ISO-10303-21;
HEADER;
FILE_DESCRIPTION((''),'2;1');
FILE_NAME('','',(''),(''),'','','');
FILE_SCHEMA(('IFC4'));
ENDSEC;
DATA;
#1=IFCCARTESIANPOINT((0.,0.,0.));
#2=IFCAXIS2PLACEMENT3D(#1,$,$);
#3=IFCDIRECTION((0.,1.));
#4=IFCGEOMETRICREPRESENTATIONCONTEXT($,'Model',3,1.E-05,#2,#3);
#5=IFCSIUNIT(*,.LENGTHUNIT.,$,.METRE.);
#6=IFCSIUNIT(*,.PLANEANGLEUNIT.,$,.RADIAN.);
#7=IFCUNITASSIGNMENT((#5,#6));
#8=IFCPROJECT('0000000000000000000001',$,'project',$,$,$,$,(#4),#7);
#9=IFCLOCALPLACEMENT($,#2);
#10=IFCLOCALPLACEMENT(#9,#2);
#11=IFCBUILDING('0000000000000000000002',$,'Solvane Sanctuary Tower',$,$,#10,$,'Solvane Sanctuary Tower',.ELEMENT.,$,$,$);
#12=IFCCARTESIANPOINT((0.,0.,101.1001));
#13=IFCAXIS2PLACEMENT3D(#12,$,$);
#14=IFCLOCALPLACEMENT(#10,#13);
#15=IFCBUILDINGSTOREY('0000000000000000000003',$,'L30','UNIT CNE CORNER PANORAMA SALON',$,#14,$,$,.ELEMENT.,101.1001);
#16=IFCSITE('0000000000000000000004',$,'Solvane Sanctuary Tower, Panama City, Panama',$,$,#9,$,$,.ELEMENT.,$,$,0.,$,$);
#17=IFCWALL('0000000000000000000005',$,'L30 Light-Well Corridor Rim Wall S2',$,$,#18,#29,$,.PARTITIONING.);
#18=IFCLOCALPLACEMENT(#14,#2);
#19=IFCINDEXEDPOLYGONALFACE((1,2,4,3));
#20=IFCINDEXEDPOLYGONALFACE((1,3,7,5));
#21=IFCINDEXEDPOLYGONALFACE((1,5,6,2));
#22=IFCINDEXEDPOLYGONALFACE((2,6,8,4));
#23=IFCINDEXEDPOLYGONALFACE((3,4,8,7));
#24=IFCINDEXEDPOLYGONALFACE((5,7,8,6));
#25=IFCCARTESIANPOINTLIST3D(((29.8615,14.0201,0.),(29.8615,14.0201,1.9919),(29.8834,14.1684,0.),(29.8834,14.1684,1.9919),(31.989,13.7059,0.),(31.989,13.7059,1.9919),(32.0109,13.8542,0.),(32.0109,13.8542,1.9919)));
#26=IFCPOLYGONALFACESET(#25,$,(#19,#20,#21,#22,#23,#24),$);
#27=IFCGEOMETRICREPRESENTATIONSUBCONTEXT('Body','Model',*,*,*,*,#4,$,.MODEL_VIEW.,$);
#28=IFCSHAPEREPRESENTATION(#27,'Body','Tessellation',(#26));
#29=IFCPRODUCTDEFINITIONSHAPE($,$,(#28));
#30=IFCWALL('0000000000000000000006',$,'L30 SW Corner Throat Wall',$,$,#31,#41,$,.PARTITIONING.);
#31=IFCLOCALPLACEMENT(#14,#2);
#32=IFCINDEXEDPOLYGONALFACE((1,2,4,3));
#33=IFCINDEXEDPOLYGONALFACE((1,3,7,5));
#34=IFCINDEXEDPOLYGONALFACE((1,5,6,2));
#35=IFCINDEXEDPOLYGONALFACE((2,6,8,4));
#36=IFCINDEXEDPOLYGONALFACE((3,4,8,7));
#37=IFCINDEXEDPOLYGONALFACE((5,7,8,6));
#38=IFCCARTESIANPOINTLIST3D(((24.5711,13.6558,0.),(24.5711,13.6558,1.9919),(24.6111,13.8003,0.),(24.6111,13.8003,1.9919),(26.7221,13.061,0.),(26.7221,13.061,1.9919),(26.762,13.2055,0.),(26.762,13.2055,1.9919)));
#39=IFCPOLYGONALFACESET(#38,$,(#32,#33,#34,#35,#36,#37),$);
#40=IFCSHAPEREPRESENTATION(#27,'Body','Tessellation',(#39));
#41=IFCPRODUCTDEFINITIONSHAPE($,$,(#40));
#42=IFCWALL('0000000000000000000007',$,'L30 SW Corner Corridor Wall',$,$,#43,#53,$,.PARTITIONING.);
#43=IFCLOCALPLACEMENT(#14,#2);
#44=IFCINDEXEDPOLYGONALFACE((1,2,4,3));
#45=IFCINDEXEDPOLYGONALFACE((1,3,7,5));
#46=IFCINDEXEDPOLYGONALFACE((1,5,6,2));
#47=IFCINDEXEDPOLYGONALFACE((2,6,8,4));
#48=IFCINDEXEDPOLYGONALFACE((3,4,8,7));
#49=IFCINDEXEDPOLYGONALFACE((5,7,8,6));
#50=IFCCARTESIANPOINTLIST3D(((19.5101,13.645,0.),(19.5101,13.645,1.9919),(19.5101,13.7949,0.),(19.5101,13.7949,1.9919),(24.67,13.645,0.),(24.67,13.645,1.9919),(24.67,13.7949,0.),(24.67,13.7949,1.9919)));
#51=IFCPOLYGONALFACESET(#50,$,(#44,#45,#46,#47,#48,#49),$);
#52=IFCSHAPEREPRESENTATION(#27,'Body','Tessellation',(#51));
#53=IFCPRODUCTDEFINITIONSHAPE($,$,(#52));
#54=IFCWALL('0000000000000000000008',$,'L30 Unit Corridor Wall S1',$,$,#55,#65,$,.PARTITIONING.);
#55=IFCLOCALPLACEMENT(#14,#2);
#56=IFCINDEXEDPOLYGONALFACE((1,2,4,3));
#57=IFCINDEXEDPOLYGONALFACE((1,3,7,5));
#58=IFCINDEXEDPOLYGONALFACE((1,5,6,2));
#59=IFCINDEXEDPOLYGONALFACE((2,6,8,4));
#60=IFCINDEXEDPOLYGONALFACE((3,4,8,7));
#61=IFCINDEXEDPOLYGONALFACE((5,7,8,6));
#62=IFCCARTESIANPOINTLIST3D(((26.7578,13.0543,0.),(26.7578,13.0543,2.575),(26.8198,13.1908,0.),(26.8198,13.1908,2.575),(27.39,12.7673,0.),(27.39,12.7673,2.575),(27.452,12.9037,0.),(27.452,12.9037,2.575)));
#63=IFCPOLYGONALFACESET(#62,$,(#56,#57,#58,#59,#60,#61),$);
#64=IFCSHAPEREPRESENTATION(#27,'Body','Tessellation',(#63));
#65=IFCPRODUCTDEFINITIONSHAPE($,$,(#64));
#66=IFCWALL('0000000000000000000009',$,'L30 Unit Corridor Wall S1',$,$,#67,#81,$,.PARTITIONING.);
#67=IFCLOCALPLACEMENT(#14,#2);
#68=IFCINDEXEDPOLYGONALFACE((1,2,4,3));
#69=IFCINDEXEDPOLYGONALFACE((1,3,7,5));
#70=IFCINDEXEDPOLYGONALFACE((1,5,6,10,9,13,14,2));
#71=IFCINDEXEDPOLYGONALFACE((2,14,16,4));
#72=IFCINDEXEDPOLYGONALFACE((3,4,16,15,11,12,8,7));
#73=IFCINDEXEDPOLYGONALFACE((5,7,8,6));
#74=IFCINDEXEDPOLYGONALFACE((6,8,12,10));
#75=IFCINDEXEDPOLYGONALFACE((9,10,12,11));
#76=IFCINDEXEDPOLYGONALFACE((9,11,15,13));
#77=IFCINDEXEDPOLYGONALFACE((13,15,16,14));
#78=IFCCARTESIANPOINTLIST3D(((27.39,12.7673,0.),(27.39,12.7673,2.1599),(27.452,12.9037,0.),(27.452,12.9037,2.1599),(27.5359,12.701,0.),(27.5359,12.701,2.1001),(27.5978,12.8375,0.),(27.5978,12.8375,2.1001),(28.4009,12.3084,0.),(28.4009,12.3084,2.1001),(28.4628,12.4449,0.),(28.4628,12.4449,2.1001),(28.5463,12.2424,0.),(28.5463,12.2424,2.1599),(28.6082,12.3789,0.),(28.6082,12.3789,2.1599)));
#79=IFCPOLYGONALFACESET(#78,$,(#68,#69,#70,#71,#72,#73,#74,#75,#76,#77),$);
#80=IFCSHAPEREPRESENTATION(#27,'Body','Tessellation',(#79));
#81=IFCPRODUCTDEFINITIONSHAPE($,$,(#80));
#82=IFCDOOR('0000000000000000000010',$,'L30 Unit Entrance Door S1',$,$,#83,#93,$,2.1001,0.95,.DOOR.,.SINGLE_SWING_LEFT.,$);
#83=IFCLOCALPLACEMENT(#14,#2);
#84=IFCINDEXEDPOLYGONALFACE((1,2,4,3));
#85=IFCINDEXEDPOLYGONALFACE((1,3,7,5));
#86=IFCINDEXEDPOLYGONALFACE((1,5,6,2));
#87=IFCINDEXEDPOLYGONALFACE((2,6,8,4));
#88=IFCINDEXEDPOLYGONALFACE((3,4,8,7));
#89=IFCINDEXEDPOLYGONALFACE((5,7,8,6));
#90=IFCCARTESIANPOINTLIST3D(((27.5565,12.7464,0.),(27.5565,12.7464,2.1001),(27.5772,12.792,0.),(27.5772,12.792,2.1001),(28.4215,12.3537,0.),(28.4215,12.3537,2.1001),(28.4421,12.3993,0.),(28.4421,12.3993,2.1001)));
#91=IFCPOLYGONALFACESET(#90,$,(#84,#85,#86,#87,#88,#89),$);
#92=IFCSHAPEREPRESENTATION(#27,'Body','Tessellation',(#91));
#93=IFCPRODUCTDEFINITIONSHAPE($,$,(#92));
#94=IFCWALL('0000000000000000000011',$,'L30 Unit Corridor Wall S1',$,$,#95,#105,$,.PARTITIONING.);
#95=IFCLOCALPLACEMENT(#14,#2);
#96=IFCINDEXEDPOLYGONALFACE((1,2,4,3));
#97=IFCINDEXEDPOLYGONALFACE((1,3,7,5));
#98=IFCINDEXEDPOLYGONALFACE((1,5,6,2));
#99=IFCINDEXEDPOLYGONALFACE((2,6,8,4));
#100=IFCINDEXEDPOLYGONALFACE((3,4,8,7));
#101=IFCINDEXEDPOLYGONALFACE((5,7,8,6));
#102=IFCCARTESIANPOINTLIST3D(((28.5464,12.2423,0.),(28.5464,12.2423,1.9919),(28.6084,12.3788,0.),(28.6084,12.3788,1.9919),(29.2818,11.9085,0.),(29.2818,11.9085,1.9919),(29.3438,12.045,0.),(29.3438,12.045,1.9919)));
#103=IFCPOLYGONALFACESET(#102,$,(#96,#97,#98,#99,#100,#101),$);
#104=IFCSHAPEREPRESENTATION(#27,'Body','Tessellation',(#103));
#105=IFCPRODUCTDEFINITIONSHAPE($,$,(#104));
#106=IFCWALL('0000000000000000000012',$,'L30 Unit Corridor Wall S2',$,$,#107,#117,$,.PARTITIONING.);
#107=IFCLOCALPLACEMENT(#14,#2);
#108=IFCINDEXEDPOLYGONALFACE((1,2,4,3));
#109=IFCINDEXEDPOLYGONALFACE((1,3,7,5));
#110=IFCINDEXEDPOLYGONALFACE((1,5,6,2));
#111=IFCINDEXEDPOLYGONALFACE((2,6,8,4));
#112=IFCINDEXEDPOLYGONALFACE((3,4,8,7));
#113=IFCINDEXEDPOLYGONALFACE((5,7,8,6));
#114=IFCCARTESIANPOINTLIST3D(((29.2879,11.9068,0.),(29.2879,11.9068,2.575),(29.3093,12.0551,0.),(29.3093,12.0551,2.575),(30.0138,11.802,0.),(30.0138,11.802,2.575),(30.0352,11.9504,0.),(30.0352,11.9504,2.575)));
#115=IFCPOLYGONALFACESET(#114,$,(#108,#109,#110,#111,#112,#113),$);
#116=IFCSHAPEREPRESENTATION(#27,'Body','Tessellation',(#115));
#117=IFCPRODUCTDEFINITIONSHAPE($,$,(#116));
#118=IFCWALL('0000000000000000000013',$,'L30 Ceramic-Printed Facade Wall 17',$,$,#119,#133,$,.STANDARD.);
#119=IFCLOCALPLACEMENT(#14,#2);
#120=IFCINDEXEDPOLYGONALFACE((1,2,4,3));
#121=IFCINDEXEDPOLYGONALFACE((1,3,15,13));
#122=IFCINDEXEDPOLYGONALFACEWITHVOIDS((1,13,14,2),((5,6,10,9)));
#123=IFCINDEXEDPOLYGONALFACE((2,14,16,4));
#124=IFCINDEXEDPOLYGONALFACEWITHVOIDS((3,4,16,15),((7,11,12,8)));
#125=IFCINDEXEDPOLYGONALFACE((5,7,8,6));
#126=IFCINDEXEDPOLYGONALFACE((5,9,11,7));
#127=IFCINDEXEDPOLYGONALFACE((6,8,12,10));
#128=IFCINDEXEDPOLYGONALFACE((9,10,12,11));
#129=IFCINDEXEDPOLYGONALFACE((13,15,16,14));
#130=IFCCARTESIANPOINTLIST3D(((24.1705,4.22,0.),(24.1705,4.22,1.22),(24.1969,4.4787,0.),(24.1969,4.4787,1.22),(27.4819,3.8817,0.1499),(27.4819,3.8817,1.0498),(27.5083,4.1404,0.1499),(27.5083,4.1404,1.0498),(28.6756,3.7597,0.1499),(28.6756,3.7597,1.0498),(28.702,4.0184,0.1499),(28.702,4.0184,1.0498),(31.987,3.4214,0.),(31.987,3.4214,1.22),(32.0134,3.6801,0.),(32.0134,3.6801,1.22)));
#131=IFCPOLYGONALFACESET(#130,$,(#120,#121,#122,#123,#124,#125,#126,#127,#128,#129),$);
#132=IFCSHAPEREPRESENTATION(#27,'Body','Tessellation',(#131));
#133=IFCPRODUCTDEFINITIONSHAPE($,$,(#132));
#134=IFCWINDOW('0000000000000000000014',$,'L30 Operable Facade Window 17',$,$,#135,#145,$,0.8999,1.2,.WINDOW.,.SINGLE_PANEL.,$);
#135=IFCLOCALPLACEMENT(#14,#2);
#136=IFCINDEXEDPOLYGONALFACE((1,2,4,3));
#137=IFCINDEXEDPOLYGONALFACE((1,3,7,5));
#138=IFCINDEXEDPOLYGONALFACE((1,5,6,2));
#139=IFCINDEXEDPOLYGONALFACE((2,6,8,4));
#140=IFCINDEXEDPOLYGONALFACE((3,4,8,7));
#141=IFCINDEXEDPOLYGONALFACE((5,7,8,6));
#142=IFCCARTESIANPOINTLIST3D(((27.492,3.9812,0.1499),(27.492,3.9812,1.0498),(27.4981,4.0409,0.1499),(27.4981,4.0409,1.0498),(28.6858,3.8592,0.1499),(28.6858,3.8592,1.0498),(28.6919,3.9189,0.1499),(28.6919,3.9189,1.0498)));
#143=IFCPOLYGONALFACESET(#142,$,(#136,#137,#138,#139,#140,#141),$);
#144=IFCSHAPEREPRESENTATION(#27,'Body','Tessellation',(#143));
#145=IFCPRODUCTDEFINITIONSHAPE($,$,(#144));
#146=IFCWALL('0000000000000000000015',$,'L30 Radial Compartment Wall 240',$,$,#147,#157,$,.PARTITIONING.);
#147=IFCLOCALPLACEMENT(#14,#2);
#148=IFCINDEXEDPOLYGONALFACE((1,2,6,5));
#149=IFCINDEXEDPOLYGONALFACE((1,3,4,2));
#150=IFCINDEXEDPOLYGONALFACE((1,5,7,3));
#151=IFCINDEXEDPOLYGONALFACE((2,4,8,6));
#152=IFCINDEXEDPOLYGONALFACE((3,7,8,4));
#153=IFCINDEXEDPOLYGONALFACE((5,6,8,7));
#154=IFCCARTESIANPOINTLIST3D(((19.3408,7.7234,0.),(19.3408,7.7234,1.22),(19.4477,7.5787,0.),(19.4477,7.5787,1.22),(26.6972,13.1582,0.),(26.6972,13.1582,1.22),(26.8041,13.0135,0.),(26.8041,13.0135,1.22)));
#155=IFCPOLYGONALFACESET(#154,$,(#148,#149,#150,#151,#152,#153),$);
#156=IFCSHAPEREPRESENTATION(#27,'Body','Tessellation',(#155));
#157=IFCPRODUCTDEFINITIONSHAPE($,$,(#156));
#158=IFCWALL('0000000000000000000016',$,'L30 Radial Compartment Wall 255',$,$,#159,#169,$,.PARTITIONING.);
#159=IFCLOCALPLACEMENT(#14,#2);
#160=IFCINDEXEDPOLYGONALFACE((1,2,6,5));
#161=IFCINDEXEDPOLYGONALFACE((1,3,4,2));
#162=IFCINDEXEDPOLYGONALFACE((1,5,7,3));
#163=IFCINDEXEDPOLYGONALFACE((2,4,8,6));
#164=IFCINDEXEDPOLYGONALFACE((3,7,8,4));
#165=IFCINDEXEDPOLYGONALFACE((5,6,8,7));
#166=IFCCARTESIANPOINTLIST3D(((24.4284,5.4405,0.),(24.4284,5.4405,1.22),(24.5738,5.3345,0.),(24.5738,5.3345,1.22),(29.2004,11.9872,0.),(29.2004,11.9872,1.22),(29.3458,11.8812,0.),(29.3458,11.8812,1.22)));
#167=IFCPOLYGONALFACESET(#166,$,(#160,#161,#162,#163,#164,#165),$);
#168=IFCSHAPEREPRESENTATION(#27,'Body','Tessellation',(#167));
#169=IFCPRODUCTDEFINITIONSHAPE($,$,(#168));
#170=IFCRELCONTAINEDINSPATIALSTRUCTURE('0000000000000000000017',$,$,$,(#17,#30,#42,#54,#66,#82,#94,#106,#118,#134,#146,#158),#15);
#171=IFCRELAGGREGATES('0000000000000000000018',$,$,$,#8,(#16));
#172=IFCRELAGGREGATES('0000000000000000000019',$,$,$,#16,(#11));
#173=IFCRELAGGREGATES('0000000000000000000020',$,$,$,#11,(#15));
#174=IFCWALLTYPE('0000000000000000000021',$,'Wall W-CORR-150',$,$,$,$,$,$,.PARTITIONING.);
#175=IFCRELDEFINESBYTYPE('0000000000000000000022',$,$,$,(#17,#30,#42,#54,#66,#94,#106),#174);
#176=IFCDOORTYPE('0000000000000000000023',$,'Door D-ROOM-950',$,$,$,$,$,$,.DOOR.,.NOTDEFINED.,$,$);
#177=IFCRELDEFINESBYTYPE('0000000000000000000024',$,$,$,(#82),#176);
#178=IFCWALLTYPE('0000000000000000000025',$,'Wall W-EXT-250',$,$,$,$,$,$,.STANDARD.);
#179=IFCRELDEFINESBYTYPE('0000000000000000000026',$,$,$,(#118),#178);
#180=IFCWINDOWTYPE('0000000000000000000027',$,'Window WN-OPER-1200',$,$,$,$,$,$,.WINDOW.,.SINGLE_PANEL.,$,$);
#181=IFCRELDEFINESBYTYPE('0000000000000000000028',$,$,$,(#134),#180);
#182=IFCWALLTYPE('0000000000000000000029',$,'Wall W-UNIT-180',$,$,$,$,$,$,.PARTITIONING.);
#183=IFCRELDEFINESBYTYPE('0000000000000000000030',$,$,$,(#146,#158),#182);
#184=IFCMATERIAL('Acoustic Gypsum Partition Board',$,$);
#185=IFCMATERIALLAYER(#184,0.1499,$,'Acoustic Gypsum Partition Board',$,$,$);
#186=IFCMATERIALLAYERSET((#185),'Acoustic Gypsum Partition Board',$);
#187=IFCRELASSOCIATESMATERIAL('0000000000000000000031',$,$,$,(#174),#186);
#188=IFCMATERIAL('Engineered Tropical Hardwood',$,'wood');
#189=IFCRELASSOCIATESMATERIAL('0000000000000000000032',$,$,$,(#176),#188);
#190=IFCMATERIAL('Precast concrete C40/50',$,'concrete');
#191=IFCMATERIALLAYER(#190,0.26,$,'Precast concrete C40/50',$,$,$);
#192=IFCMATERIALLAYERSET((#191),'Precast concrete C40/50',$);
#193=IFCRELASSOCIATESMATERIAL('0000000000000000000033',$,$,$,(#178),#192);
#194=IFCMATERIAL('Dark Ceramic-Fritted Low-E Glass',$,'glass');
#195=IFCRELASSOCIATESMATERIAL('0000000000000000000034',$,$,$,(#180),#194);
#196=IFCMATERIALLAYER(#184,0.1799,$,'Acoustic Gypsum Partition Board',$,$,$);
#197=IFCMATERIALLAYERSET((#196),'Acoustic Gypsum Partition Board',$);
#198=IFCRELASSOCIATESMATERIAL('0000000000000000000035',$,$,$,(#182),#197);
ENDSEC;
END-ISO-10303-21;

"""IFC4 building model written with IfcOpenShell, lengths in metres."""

from ifc_helpers import new_model, si_unit, direction, frame, frame_2d, origin, place, context, subcontext, project, spatial, rectangle, extrude, material, layer, layer_set, type_object, element, fill, save


model = new_model("IFC4")

# Units and contexts
model_context = context("Model", 3, precision=1e-05, world=origin(), true_north=direction((0.0, 1.0)))
body_context = subcontext(model_context, "Body", "Model", "MODEL_VIEW")
ifc_project = project(units=[si_unit("LENGTHUNIT", "METRE"), si_unit("PLANEANGLEUNIT", "RADIAN")], contexts=[model_context])

# Site, building, storey
site_placement = place(None, origin())
site = spatial("IfcSite", under=ifc_project, at=site_placement, Name="Solvane Sanctuary Tower, Panama City, Panama", CompositionType="ELEMENT", RefElevation=0.0)
building_placement = place(site_placement, origin())
building = spatial("IfcBuilding", under=site, at=building_placement, Name="Solvane Sanctuary Tower", LongName="Solvane Sanctuary Tower", CompositionType="ELEMENT")
storey_placement = place(building_placement, frame((0.0, 0.0, 101.1001)))
storey = spatial("IfcBuildingStorey", under=building, at=storey_placement, Name="L30", Description="UNIT CNE CORNER PANORAMA SALON", CompositionType="ELEMENT", Elevation=101.1001)

# Walls
ifc_material_1 = material(Name="Acoustic Gypsum Partition Board")
ifc_layer_1 = layer(ifc_material_1, 0.1499, Name="Acoustic Gypsum Partition Board")
ifc_layer_set_1 = layer_set([ifc_layer_1], Name="Acoustic Gypsum Partition Board")
wall_type_1 = type_object("IfcWallType", Name="Wall W-CORR-150", PredefinedType="PARTITIONING", material=ifc_layer_set_1)
wall_1_placement = place(storey_placement, frame((29.8726, 14.0942, 0.0), z_axis=(0.0, 0.0, 1.0), x_axis=(0.989269, -0.146108, 0.0)))
element("IfcWall", 1, at=wall_1_placement, inside=storey, type_object=wall_type_1, Name="L30 Light-Well Corridor Rim Wall S2", PredefinedType="PARTITIONING", context=body_context, shape_type="SweptSolid", body=[
    extrude(rectangle(XDim=2.1506, YDim=0.1499, at=frame_2d((1.0752, 0.0))), origin(), (0.0, 0.0, 1.0), 1.9919),
])
wall_2_placement = place(storey_placement, frame((26.7419, 13.1333, 0.0), z_axis=(0.0, 0.0, 1.0), x_axis=(-0.963834, 0.266504, 0.0)))
element("IfcWall", 2, at=wall_2_placement, inside=storey, type_object=wall_type_1, Name="L30 SW Corner Throat Wall", PredefinedType="PARTITIONING", context=body_context, shape_type="SweptSolid", body=[
    extrude(rectangle(XDim=2.2317, YDim=0.1499, at=frame_2d((1.1157, 0.0))), origin(), (0.0, 0.0, 1.0), 1.9919),
])
wall_3_placement = place(storey_placement, frame((19.51, 13.72, 0.0), z_axis=(0.0, 0.0, 1.0), x_axis=(1.0, 0.0, 0.0)))
element("IfcWall", 3, at=wall_3_placement, inside=storey, type_object=wall_type_1, Name="L30 SW Corner Corridor Wall", PredefinedType="PARTITIONING", context=body_context, shape_type="SweptSolid", body=[
    extrude(rectangle(XDim=5.1599, YDim=0.1499, at=frame_2d((2.5801, 0.0))), origin(), (0.0, 0.0, 1.0), 1.9919),
])
wall_4_placement = place(storey_placement, frame((26.7888, 13.1226, 0.0), z_axis=(0.0, 0.0, 1.0), x_axis=(0.910535, -0.413432, 0.0)))
element("IfcWall", 4, at=wall_4_placement, inside=storey, type_object=wall_type_1, Name="L30 Unit Corridor Wall S1", PredefinedType="PARTITIONING", context=body_context, shape_type="SweptSolid", body=[
    extrude(rectangle(XDim=0.6943, YDim=0.1499, at=frame_2d((0.3472, 0.0))), origin(), (0.0, 0.0, 1.0), 2.575),
])

# Wall, opening, door
wall_5_placement = place(storey_placement, frame((27.4211, 12.8354, 0.0), z_axis=(0.0, 0.0, 1.0), x_axis=(0.910564, -0.413368, 0.0)))
wall_5 = element("IfcWall", 5, at=wall_5_placement, inside=storey, type_object=wall_type_1, Name="L30 Unit Corridor Wall S1", PredefinedType="PARTITIONING", context=body_context, shape_type="SweptSolid", body=[
    extrude(rectangle(XDim=1.2698, YDim=0.1499, at=frame_2d((0.6348, 0.0))), origin(), (0.0, 0.0, 1.0), 2.1599),
])
opening_1_placement = place(wall_5_placement, frame((0.1599, 0.0, 0.0)))
opening_1 = element("IfcOpeningElement", 6, at=opening_1_placement, cuts=wall_5, PredefinedType="OPENING", context=body_context, shape_type="SweptSolid", body=[
    extrude(rectangle(XDim=0.95, YDim=2.1001, at=frame_2d((0.4751, 1.05))), frame((0.0, 0.085, 0.0), z_axis=(0.0, -1.0, 0.0), x_axis=(1.0, 0.0, 0.0)), (0.0, 0.0, 1.0), 0.1699),
])
ifc_material_2 = material(Name="Engineered Tropical Hardwood", Category="wood")
door_type = type_object("IfcDoorType", Name="Door D-ROOM-950", OperationType="NOTDEFINED", PredefinedType="DOOR", material=ifc_material_2)
door_placement = place(opening_1_placement, origin())
door = element("IfcDoor", 7, at=door_placement, inside=storey, type_object=door_type, Name="L30 Unit Entrance Door S1", OperationType="SINGLE_SWING_LEFT", OverallHeight=2.1001, OverallWidth=0.95, PredefinedType="DOOR", context=body_context, shape_type="SweptSolid", body=[
    extrude(rectangle(XDim=0.95, YDim=2.1001, at=frame_2d((0.4751, 1.05))), frame((0.0, 0.0249, 0.0), z_axis=(0.0, -1.0, 0.0), x_axis=(1.0, 0.0, 0.0)), (0.0, 0.0, 1.0), 0.05),
])
fill(opening_1, door)

# Walls
wall_6_placement = place(storey_placement, frame((28.5774, 12.3105, 0.0), z_axis=(0.0, 0.0, 1.0), x_axis=(0.910604, -0.413279, 0.0)))
element("IfcWall", 8, at=wall_6_placement, inside=storey, type_object=wall_type_1, Name="L30 Unit Corridor Wall S1", PredefinedType="PARTITIONING", context=body_context, shape_type="SweptSolid", body=[
    extrude(rectangle(XDim=0.8076, YDim=0.1499, at=frame_2d((0.4038, 0.0))), origin(), (0.0, 0.0, 1.0), 1.9919),
])
wall_7_placement = place(storey_placement, frame((29.2986, 11.981, 0.0), z_axis=(0.0, 0.0, 1.0), x_axis=(0.989749, -0.142819, 0.0)))
element("IfcWall", 9, at=wall_7_placement, inside=storey, type_object=wall_type_1, Name="L30 Unit Corridor Wall S2", PredefinedType="PARTITIONING", context=body_context, shape_type="SweptSolid", body=[
    extrude(rectangle(XDim=0.7334, YDim=0.1499, at=frame_2d((0.3667, 0.0))), origin(), (0.0, 0.0, 1.0), 2.575),
])

# Wall, opening, window
ifc_material_3 = material(Name="Precast concrete C40/50", Category="concrete")
ifc_layer_2 = layer(ifc_material_3, 0.26, Name="Precast concrete C40/50")
ifc_layer_set_2 = layer_set([ifc_layer_2], Name="Precast concrete C40/50")
wall_type_2 = type_object("IfcWallType", Name="Wall W-EXT-250", PredefinedType="STANDARD", material=ifc_layer_set_2)
wall_8_placement = place(storey_placement, frame((24.1836, 4.3494, 0.0), z_axis=(0.0, 0.0, 1.0), x_axis=(0.994821, -0.101639, 0.0)))
wall_8 = element("IfcWall", 10, at=wall_8_placement, inside=storey, type_object=wall_type_2, Name="L30 Ceramic-Printed Facade Wall 17", PredefinedType="STANDARD", context=body_context, shape_type="SweptSolid", body=[
    extrude(rectangle(XDim=7.8572, YDim=0.26, at=frame_2d((3.9287, 0.0))), origin(), (0.0, 0.0, 1.0), 1.22),
])
opening_2_placement = place(wall_8_placement, frame((3.3286, 0.0, 0.1499)))
opening_2 = element("IfcOpeningElement", 11, at=opening_2_placement, cuts=wall_8, PredefinedType="OPENING", context=body_context, shape_type="SweptSolid", body=[
    extrude(rectangle(XDim=1.2, YDim=0.8999, at=frame_2d((0.6001, 0.45))), frame((0.0, 0.1399, 0.0), z_axis=(0.0, -1.0, 0.0), x_axis=(1.0, 0.0, 0.0)), (0.0, 0.0, 1.0), 0.28),
])
ifc_material_4 = material(Name="Dark Ceramic-Fritted Low-E Glass", Category="glass")
window_type = type_object("IfcWindowType", Name="Window WN-OPER-1200", PartitioningType="SINGLE_PANEL", PredefinedType="WINDOW", material=ifc_material_4)
window_placement = place(opening_2_placement, origin())
window = element("IfcWindow", 12, at=window_placement, inside=storey, type_object=window_type, Name="L30 Operable Facade Window 17", OverallHeight=0.8999, OverallWidth=1.2, PartitioningType="SINGLE_PANEL", PredefinedType="WINDOW", context=body_context, shape_type="SweptSolid", body=[
    extrude(rectangle(XDim=1.2, YDim=0.8999, at=frame_2d((0.6001, 0.45))), frame((0.0, 0.03, 0.0), z_axis=(0.0, -1.0, 0.0), x_axis=(1.0, 0.0, 0.0)), (0.0, 0.0, 1.0), 0.0601),
])
fill(opening_2, window)

# Walls
ifc_layer_3 = layer(ifc_material_1, 0.1799, Name="Acoustic Gypsum Partition Board")
ifc_layer_set_3 = layer_set([ifc_layer_3], Name="Acoustic Gypsum Partition Board")
wall_type_3 = type_object("IfcWallType", Name="Wall W-UNIT-180", PredefinedType="PARTITIONING", material=ifc_layer_set_3)
wall_9_placement = place(storey_placement, frame((26.7507, 13.0859, 0.0), z_axis=(0.0, 0.0, 1.0), x_axis=(-0.80431, -0.59421, 0.0)))
element("IfcWall", 13, at=wall_9_placement, inside=storey, type_object=wall_type_3, Name="L30 Radial Compartment Wall 240", PredefinedType="PARTITIONING", context=body_context, shape_type="SweptSolid", body=[
    extrude(rectangle(XDim=9.1462, YDim=0.1799, at=frame_2d((4.5732, 0.0))), origin(), (0.0, 0.0, 1.0), 1.22),
])
wall_10_placement = place(storey_placement, frame((29.2732, 11.9343, 0.0), z_axis=(0.0, 0.0, 1.0), x_axis=(-0.589042, -0.808102, 0.0)))
element("IfcWall", 14, at=wall_10_placement, inside=storey, type_object=wall_type_3, Name="L30 Radial Compartment Wall 255", PredefinedType="PARTITIONING", context=body_context, shape_type="SweptSolid", body=[
    extrude(rectangle(XDim=8.1013, YDim=0.1799, at=frame_2d((4.0508, 0.0))), origin(), (0.0, 0.0, 1.0), 1.22),
])

save(model, "model.ifc")
